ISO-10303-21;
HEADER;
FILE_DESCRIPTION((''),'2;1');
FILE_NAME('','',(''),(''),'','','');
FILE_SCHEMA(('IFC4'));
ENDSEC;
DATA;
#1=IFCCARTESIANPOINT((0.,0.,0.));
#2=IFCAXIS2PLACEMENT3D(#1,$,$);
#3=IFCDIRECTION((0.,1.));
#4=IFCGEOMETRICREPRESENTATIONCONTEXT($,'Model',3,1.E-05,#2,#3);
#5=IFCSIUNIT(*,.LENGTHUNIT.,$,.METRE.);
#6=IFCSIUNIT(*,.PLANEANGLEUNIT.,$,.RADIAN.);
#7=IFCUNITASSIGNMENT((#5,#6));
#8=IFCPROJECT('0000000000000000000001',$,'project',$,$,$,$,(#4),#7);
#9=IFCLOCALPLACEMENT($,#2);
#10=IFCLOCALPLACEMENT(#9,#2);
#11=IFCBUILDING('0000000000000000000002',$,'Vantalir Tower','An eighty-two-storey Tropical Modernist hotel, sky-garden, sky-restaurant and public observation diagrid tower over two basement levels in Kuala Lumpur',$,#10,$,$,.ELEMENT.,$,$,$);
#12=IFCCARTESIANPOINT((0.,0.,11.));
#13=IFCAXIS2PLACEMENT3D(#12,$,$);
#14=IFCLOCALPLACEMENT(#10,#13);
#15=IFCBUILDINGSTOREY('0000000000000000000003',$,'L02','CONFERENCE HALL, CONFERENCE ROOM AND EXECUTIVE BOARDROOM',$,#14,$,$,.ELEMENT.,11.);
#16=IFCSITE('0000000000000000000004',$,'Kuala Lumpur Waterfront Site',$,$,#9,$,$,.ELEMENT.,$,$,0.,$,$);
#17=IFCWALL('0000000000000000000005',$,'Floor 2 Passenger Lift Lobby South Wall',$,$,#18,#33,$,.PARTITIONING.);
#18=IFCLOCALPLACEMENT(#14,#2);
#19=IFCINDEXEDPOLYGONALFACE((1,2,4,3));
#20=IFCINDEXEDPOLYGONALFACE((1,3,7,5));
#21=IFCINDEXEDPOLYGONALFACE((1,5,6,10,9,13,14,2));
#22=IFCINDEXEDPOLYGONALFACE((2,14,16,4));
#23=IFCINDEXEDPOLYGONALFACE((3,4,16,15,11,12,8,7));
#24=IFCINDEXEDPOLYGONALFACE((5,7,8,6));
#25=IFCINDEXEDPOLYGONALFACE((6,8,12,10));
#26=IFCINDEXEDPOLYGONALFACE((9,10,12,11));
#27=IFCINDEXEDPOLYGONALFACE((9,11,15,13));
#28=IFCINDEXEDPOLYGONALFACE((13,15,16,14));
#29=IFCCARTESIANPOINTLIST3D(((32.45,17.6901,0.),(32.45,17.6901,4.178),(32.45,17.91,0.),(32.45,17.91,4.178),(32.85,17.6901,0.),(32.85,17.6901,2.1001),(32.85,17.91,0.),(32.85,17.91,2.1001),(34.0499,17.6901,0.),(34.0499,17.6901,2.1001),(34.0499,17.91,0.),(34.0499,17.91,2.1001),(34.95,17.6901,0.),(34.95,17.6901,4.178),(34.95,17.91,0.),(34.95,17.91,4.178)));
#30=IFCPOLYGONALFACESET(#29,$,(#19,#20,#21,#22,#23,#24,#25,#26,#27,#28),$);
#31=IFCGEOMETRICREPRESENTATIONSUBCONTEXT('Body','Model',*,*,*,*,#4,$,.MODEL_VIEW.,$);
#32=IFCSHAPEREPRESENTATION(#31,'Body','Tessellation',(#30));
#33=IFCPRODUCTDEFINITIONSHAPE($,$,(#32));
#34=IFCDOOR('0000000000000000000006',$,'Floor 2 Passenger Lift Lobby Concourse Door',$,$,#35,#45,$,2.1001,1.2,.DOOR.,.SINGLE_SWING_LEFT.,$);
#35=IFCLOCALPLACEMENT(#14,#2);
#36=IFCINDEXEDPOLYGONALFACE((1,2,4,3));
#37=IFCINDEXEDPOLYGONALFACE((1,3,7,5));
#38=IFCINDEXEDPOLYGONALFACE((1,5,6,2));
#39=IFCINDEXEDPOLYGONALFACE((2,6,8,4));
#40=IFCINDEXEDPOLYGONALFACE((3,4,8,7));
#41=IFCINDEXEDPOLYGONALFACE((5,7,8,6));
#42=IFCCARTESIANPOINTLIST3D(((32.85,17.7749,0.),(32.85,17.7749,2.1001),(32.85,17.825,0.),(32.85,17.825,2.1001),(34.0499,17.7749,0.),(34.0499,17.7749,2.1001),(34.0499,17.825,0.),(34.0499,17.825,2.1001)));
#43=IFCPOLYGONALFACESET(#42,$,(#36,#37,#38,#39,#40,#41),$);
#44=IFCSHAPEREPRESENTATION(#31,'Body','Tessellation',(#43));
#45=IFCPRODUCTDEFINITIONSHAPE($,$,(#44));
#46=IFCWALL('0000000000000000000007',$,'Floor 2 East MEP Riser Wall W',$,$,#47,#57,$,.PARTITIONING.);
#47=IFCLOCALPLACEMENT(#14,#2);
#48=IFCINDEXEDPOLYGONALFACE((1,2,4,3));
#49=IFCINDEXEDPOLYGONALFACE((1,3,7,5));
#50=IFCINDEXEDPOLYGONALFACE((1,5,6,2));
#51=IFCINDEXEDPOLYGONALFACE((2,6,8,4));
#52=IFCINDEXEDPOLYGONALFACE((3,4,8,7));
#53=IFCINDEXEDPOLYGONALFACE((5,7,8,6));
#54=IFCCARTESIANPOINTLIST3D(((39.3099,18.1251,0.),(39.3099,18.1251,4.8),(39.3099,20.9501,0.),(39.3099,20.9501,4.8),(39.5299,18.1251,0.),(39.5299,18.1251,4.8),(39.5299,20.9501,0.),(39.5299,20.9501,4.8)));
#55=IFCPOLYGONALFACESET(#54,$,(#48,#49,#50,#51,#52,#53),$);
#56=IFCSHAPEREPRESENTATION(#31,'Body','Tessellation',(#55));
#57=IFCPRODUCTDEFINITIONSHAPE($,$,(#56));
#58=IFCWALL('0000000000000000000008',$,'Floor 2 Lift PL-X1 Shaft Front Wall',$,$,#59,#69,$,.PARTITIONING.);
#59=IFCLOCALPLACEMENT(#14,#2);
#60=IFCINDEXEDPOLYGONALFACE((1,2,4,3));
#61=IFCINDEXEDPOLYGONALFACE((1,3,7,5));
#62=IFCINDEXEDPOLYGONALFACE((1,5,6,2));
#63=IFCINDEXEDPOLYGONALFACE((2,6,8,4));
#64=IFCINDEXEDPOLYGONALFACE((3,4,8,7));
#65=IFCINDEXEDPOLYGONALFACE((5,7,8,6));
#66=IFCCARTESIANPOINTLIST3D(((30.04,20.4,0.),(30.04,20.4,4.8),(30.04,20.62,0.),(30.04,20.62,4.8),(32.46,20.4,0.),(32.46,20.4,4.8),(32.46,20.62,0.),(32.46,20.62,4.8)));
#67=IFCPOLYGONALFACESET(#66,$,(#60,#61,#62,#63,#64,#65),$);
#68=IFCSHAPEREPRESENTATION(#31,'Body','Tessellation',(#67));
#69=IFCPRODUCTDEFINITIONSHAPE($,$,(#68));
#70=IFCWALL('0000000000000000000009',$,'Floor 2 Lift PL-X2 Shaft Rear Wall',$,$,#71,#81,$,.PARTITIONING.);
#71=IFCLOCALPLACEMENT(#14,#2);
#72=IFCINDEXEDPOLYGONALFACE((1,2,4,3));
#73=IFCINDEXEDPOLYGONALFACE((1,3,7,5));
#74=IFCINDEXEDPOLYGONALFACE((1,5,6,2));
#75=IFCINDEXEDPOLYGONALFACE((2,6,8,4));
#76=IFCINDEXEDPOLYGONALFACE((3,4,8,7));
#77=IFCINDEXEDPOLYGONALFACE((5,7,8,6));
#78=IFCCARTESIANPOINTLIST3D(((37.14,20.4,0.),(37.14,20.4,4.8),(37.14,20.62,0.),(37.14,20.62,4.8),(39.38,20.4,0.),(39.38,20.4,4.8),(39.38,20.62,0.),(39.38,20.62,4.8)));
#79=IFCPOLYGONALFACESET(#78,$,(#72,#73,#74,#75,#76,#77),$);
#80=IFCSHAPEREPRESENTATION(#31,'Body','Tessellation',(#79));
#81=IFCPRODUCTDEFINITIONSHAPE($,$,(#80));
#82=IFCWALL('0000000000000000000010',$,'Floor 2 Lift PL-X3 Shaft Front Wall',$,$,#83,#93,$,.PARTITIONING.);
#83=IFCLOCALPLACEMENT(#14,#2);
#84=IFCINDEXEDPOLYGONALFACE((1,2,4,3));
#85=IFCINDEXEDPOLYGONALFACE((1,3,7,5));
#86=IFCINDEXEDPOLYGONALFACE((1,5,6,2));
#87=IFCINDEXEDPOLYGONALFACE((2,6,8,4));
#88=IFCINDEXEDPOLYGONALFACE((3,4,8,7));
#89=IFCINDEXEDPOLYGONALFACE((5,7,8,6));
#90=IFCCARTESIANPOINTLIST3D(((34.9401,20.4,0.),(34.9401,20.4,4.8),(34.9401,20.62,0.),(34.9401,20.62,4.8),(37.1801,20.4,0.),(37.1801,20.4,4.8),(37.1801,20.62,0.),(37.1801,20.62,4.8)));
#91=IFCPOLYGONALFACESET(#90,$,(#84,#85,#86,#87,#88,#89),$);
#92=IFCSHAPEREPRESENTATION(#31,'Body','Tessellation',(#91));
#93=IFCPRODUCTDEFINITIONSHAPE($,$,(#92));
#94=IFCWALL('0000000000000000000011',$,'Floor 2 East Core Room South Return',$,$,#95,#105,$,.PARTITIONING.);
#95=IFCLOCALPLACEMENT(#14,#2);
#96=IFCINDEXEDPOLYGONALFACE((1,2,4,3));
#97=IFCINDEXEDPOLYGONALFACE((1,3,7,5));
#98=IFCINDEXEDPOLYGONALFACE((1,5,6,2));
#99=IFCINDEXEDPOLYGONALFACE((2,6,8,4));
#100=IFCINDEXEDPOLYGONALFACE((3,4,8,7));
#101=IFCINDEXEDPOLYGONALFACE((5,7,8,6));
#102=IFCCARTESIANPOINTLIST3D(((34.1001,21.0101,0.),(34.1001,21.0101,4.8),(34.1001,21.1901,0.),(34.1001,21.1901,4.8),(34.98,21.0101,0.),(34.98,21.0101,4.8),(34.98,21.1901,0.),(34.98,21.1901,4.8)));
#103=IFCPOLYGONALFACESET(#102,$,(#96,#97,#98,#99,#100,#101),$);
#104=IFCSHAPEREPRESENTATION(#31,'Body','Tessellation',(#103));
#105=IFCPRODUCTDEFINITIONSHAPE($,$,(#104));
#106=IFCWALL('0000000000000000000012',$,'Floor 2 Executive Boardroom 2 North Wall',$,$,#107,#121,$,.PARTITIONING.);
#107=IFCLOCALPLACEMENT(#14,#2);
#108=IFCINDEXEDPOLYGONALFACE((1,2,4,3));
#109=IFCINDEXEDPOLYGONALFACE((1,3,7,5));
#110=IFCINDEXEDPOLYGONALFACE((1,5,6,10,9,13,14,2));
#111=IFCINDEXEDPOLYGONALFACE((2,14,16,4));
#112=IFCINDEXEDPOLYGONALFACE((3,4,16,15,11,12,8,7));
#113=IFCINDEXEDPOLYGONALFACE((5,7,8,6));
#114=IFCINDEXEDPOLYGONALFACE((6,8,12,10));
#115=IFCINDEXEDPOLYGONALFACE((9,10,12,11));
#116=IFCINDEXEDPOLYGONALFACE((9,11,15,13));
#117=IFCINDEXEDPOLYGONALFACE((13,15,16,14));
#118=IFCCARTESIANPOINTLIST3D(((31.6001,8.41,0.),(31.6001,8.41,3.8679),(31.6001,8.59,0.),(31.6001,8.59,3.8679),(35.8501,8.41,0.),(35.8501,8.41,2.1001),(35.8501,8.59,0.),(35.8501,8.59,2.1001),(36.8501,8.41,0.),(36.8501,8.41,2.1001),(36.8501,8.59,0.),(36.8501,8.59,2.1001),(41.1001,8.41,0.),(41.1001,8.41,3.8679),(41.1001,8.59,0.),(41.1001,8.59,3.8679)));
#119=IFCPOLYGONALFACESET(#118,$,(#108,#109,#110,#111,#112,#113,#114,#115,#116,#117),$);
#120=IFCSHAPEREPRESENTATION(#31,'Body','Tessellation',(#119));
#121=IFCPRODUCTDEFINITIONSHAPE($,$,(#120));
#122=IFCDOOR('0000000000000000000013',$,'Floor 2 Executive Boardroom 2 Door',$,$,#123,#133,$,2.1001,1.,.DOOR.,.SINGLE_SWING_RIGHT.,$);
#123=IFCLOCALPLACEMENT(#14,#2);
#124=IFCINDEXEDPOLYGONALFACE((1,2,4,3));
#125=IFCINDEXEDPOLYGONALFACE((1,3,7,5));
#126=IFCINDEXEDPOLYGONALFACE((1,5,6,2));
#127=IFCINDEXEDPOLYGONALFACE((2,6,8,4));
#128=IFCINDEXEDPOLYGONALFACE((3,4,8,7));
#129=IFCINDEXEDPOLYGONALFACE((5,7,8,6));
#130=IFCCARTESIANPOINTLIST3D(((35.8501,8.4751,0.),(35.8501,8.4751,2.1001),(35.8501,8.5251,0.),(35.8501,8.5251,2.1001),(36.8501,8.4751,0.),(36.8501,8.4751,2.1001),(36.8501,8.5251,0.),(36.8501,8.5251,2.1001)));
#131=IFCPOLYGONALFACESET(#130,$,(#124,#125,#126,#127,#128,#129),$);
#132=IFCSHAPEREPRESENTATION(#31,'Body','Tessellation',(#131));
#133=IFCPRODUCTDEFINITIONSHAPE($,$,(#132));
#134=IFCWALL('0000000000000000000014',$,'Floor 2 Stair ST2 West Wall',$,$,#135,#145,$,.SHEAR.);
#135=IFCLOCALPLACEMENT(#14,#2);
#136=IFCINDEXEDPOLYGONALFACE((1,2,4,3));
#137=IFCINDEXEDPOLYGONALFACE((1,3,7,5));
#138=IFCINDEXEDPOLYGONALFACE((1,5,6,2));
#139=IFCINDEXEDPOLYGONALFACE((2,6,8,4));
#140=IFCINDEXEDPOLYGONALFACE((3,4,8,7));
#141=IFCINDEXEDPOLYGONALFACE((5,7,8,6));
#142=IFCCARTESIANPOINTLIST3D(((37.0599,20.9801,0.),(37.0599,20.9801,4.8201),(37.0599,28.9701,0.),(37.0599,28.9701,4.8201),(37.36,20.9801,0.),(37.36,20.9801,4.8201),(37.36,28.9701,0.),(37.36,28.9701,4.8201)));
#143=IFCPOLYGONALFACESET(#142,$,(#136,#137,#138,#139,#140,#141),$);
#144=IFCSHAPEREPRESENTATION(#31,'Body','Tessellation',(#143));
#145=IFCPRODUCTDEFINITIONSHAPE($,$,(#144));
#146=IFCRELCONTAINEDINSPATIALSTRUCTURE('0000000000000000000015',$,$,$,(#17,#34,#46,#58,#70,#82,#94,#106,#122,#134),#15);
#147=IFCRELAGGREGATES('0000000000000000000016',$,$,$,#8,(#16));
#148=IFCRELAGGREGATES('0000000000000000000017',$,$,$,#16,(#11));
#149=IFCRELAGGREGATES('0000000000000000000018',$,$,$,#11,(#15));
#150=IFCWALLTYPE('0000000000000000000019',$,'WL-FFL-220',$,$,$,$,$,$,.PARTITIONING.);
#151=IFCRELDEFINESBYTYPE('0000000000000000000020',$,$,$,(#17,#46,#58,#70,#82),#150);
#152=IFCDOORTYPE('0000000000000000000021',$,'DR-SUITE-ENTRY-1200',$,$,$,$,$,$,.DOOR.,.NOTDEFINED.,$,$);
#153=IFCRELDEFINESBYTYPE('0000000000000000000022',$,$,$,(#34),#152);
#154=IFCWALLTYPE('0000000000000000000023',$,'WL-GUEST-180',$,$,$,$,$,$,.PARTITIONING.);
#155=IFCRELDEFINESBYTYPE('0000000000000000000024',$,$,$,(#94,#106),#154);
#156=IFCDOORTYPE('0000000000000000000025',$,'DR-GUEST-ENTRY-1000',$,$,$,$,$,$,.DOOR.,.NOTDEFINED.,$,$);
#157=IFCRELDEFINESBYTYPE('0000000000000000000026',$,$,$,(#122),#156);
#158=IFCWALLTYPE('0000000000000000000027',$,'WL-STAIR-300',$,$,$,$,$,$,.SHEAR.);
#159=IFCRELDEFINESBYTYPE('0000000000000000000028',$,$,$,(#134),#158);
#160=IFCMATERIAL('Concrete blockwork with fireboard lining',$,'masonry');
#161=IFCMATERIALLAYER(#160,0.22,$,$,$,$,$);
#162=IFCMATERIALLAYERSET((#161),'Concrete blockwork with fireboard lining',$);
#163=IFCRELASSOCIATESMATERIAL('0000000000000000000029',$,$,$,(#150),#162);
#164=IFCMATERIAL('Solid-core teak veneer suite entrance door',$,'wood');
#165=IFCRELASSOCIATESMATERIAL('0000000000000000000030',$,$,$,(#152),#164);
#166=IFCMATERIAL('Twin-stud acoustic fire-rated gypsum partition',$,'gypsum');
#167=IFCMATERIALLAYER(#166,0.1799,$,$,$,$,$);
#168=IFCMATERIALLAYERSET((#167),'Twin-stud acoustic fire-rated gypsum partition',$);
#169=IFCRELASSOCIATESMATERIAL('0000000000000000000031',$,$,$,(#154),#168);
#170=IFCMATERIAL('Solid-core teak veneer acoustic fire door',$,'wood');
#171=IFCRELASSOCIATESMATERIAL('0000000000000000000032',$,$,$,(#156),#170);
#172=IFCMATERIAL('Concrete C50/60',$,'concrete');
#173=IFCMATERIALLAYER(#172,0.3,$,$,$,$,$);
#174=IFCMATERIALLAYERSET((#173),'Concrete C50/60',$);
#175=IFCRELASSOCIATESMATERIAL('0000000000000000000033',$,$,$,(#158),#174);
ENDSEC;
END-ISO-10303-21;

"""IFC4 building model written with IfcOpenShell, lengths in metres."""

from ifc_helpers import new_model, si_unit, direction, frame, frame_2d, origin, place, context, subcontext, project, spatial, rectangle, extrude, material, layer, layer_set, type_object, element, fill, save


model = new_model("IFC4")

# Units and contexts
model_context = context("Model", 3, precision=1e-05, world=origin(), true_north=direction((0.0, 1.0)))
body_context = subcontext(model_context, "Body", "Model", "MODEL_VIEW")
ifc_project = project(units=[si_unit("LENGTHUNIT", "METRE"), si_unit("PLANEANGLEUNIT", "RADIAN")], contexts=[model_context])

# Site, building, storey
site_placement = place(None, origin())
site = spatial("IfcSite", under=ifc_project, at=site_placement, Name="Kuala Lumpur Waterfront Site", CompositionType="ELEMENT", RefElevation=0.0)
building_placement = place(site_placement, origin())
building = spatial("IfcBuilding", under=site, at=building_placement, Name="Vantalir Tower", Description="An eighty-two-storey Tropical Modernist hotel, sky-garden, sky-restaurant and public observation diagrid tower over two basement levels in Kuala Lumpur", CompositionType="ELEMENT")
storey_placement = place(building_placement, frame((0.0, 0.0, 11.0)))
storey = spatial("IfcBuildingStorey", under=building, at=storey_placement, Name="L02", Description="CONFERENCE HALL, CONFERENCE ROOM AND EXECUTIVE BOARDROOM", CompositionType="ELEMENT", Elevation=11.0)

# Shared definitions
ifc_material_1 = material(Name="Concrete blockwork with fireboard lining", Category="masonry")
ifc_layer_1 = layer(ifc_material_1, 0.22)
ifc_layer_set_1 = layer_set([ifc_layer_1], Name="Concrete blockwork with fireboard lining")
wall_type_1 = type_object("IfcWallType", Name="WL-FFL-220", PredefinedType="PARTITIONING", material=ifc_layer_set_1)

# Wall, opening, door
wall_1_placement = place(storey_placement, frame((32.45, 17.8, 0.0), z_axis=(0.0, 0.0, 1.0), x_axis=(1.0, 0.0, 0.0)))
wall_1 = element("IfcWall", 1, at=wall_1_placement, inside=storey, type_object=wall_type_1, Name="Floor 2 Passenger Lift Lobby South Wall", PredefinedType="PARTITIONING", context=body_context, shape_type="SweptSolid", body=[
    extrude(rectangle(XDim=2.5, YDim=0.22, at=frame_2d((1.25, 0.0))), origin(), (0.0, 0.0, 1.0), 4.178),
])
opening_1_placement = place(wall_1_placement, frame((0.3999, 0.0, 0.0)))
opening_1 = element("IfcOpeningElement", 2, at=opening_1_placement, cuts=wall_1, PredefinedType="OPENING", context=body_context, shape_type="SweptSolid", body=[
    extrude(rectangle(XDim=1.2, YDim=2.1001, at=frame_2d((0.6001, 1.05))), frame((0.0, 0.1199, 0.0), z_axis=(0.0, -1.0, 0.0), x_axis=(1.0, 0.0, 0.0)), (0.0, 0.0, 1.0), 0.24),
])
ifc_material_2 = material(Name="Solid-core teak veneer suite entrance door", Category="wood")
door_type_1 = type_object("IfcDoorType", Name="DR-SUITE-ENTRY-1200", OperationType="NOTDEFINED", PredefinedType="DOOR", material=ifc_material_2)
door_1_placement = place(opening_1_placement, origin())
door_1 = element("IfcDoor", 3, at=door_1_placement, inside=storey, type_object=door_type_1, Name="Floor 2 Passenger Lift Lobby Concourse Door", OperationType="SINGLE_SWING_LEFT", OverallHeight=2.1001, OverallWidth=1.2, PredefinedType="DOOR", context=body_context, shape_type="SweptSolid", body=[
    extrude(rectangle(XDim=1.2, YDim=2.1001, at=frame_2d((0.6001, 1.05))), frame((0.0, 0.0249, 0.0), z_axis=(0.0, -1.0, 0.0), x_axis=(1.0, 0.0, 0.0)), (0.0, 0.0, 1.0), 0.05),
])
fill(opening_1, door_1)

# Walls
wall_2_placement = place(storey_placement, frame((39.4199, 18.125, 0.0), z_axis=(0.0, 0.0, 1.0), x_axis=(0.0, 1.0, 0.0)))
element("IfcWall", 4, at=wall_2_placement, inside=storey, type_object=wall_type_1, Name="Floor 2 East MEP Riser Wall W", PredefinedType="PARTITIONING", context=body_context, shape_type="SweptSolid", body=[
    extrude(rectangle(XDim=2.825, YDim=0.22, at=frame_2d((1.4126, 0.0))), origin(), (0.0, 0.0, 1.0), 4.8),
])
wall_3_placement = place(storey_placement, frame((30.04, 20.51, 0.0), z_axis=(0.0, 0.0, 1.0), x_axis=(1.0, 0.0, 0.0)))
element("IfcWall", 5, at=wall_3_placement, inside=storey, type_object=wall_type_1, Name="Floor 2 Lift PL-X1 Shaft Front Wall", PredefinedType="PARTITIONING", context=body_context, shape_type="SweptSolid", body=[
    extrude(rectangle(XDim=2.4199, YDim=0.22, at=frame_2d((1.21, 0.0))), origin(), (0.0, 0.0, 1.0), 4.8),
])
for number, where, z_axis, x_axis, name in (
    (6, (37.1399, 20.51, 0.0), (0.0, 0.0, 1.0), (1.0, 0.0, 0.0), "Floor 2 Lift PL-X2 Shaft Rear Wall"),
    (7, (34.9399, 20.51, 0.0), (0.0, 0.0, 1.0), (1.0, 0.0, 0.0), "Floor 2 Lift PL-X3 Shaft Front Wall"),
):
    element("IfcWall", number, at=place(storey_placement, frame(where, z_axis=z_axis, x_axis=x_axis)), inside=storey, type_object=wall_type_1, Name=name, PredefinedType="PARTITIONING", context=body_context, shape_type="SweptSolid", body=[
        extrude(rectangle(XDim=2.24, YDim=0.22, at=frame_2d((1.1201, 0.0))), origin(), (0.0, 0.0, 1.0), 4.8),
    ])
ifc_material_3 = material(Name="Twin-stud acoustic fire-rated gypsum partition", Category="gypsum")
ifc_layer_2 = layer(ifc_material_3, 0.1799)
ifc_layer_set_2 = layer_set([ifc_layer_2], Name="Twin-stud acoustic fire-rated gypsum partition")
wall_type_2 = type_object("IfcWallType", Name="WL-GUEST-180", PredefinedType="PARTITIONING", material=ifc_layer_set_2)
wall_4_placement = place(storey_placement, frame((34.1001, 21.1001, 0.0), z_axis=(0.0, 0.0, 1.0), x_axis=(1.0, 0.0, 0.0)))
element("IfcWall", 8, at=wall_4_placement, inside=storey, type_object=wall_type_2, Name="Floor 2 East Core Room South Return", PredefinedType="PARTITIONING", context=body_context, shape_type="SweptSolid", body=[
    extrude(rectangle(XDim=0.8799, YDim=0.1799, at=frame_2d((0.4399, 0.0))), origin(), (0.0, 0.0, 1.0), 4.8),
])

# Wall, opening, door
wall_5_placement = place(storey_placement, frame((31.6001, 8.5, 0.0), z_axis=(0.0, 0.0, 1.0), x_axis=(1.0, 0.0, 0.0)))
wall_5 = element("IfcWall", 9, at=wall_5_placement, inside=storey, type_object=wall_type_2, Name="Floor 2 Executive Boardroom 2 North Wall", PredefinedType="PARTITIONING", context=body_context, shape_type="SweptSolid", body=[
    extrude(rectangle(XDim=9.5, YDim=0.1799, at=frame_2d((4.75, 0.0))), origin(), (0.0, 0.0, 1.0), 3.8679),
])
opening_2_placement = place(wall_5_placement, frame((4.25, 0.0, 0.0)))
opening_2 = element("IfcOpeningElement", 10, at=opening_2_placement, cuts=wall_5, PredefinedType="OPENING", context=body_context, shape_type="SweptSolid", body=[
    extrude(rectangle(XDim=1.0, YDim=2.1001, at=frame_2d((0.5, 1.05))), frame((0.0, 0.0999, 0.0), z_axis=(0.0, -1.0, 0.0), x_axis=(1.0, 0.0, 0.0)), (0.0, 0.0, 1.0), 0.2),
])
ifc_material_4 = material(Name="Solid-core teak veneer acoustic fire door", Category="wood")
door_type_2 = type_object("IfcDoorType", Name="DR-GUEST-ENTRY-1000", OperationType="NOTDEFINED", PredefinedType="DOOR", material=ifc_material_4)
door_2_placement = place(opening_2_placement, frame((1.0, 0.0, 0.0), z_axis=(0.0, 0.0, 1.0), x_axis=(-1.0, 0.0, 0.0)))
door_2 = element("IfcDoor", 11, at=door_2_placement, inside=storey, type_object=door_type_2, Name="Floor 2 Executive Boardroom 2 Door", OperationType="SINGLE_SWING_RIGHT", OverallHeight=2.1001, OverallWidth=1.0, PredefinedType="DOOR", context=body_context, shape_type="SweptSolid", body=[
    extrude(rectangle(XDim=1.0, YDim=2.1001, at=frame_2d((0.5, 1.05))), frame((0.0, 0.0249, 0.0), z_axis=(0.0, -1.0, 0.0), x_axis=(1.0, 0.0, 0.0)), (0.0, 0.0, 1.0), 0.05),
])
fill(opening_2, door_2)

# Wall
ifc_material_5 = material(Name="Concrete C50/60", Category="concrete")
ifc_layer_3 = layer(ifc_material_5, 0.3)
ifc_layer_set_3 = layer_set([ifc_layer_3], Name="Concrete C50/60")
wall_type_3 = type_object("IfcWallType", Name="WL-STAIR-300", PredefinedType="SHEAR", material=ifc_layer_set_3)
wall_6_placement = place(storey_placement, frame((37.21, 20.98, 0.0), z_axis=(0.0, 0.0, 1.0), x_axis=(0.0, 1.0, 0.0)))
element("IfcWall", 12, at=wall_6_placement, inside=storey, type_object=wall_type_3, Name="Floor 2 Stair ST2 West Wall", PredefinedType="SHEAR", context=body_context, shape_type="SweptSolid", body=[
    extrude(rectangle(XDim=7.99, YDim=0.3, at=frame_2d((3.9951, 0.0))), origin(), (0.0, 0.0, 1.0), 4.8201),
])

save(model, "model.ifc")
